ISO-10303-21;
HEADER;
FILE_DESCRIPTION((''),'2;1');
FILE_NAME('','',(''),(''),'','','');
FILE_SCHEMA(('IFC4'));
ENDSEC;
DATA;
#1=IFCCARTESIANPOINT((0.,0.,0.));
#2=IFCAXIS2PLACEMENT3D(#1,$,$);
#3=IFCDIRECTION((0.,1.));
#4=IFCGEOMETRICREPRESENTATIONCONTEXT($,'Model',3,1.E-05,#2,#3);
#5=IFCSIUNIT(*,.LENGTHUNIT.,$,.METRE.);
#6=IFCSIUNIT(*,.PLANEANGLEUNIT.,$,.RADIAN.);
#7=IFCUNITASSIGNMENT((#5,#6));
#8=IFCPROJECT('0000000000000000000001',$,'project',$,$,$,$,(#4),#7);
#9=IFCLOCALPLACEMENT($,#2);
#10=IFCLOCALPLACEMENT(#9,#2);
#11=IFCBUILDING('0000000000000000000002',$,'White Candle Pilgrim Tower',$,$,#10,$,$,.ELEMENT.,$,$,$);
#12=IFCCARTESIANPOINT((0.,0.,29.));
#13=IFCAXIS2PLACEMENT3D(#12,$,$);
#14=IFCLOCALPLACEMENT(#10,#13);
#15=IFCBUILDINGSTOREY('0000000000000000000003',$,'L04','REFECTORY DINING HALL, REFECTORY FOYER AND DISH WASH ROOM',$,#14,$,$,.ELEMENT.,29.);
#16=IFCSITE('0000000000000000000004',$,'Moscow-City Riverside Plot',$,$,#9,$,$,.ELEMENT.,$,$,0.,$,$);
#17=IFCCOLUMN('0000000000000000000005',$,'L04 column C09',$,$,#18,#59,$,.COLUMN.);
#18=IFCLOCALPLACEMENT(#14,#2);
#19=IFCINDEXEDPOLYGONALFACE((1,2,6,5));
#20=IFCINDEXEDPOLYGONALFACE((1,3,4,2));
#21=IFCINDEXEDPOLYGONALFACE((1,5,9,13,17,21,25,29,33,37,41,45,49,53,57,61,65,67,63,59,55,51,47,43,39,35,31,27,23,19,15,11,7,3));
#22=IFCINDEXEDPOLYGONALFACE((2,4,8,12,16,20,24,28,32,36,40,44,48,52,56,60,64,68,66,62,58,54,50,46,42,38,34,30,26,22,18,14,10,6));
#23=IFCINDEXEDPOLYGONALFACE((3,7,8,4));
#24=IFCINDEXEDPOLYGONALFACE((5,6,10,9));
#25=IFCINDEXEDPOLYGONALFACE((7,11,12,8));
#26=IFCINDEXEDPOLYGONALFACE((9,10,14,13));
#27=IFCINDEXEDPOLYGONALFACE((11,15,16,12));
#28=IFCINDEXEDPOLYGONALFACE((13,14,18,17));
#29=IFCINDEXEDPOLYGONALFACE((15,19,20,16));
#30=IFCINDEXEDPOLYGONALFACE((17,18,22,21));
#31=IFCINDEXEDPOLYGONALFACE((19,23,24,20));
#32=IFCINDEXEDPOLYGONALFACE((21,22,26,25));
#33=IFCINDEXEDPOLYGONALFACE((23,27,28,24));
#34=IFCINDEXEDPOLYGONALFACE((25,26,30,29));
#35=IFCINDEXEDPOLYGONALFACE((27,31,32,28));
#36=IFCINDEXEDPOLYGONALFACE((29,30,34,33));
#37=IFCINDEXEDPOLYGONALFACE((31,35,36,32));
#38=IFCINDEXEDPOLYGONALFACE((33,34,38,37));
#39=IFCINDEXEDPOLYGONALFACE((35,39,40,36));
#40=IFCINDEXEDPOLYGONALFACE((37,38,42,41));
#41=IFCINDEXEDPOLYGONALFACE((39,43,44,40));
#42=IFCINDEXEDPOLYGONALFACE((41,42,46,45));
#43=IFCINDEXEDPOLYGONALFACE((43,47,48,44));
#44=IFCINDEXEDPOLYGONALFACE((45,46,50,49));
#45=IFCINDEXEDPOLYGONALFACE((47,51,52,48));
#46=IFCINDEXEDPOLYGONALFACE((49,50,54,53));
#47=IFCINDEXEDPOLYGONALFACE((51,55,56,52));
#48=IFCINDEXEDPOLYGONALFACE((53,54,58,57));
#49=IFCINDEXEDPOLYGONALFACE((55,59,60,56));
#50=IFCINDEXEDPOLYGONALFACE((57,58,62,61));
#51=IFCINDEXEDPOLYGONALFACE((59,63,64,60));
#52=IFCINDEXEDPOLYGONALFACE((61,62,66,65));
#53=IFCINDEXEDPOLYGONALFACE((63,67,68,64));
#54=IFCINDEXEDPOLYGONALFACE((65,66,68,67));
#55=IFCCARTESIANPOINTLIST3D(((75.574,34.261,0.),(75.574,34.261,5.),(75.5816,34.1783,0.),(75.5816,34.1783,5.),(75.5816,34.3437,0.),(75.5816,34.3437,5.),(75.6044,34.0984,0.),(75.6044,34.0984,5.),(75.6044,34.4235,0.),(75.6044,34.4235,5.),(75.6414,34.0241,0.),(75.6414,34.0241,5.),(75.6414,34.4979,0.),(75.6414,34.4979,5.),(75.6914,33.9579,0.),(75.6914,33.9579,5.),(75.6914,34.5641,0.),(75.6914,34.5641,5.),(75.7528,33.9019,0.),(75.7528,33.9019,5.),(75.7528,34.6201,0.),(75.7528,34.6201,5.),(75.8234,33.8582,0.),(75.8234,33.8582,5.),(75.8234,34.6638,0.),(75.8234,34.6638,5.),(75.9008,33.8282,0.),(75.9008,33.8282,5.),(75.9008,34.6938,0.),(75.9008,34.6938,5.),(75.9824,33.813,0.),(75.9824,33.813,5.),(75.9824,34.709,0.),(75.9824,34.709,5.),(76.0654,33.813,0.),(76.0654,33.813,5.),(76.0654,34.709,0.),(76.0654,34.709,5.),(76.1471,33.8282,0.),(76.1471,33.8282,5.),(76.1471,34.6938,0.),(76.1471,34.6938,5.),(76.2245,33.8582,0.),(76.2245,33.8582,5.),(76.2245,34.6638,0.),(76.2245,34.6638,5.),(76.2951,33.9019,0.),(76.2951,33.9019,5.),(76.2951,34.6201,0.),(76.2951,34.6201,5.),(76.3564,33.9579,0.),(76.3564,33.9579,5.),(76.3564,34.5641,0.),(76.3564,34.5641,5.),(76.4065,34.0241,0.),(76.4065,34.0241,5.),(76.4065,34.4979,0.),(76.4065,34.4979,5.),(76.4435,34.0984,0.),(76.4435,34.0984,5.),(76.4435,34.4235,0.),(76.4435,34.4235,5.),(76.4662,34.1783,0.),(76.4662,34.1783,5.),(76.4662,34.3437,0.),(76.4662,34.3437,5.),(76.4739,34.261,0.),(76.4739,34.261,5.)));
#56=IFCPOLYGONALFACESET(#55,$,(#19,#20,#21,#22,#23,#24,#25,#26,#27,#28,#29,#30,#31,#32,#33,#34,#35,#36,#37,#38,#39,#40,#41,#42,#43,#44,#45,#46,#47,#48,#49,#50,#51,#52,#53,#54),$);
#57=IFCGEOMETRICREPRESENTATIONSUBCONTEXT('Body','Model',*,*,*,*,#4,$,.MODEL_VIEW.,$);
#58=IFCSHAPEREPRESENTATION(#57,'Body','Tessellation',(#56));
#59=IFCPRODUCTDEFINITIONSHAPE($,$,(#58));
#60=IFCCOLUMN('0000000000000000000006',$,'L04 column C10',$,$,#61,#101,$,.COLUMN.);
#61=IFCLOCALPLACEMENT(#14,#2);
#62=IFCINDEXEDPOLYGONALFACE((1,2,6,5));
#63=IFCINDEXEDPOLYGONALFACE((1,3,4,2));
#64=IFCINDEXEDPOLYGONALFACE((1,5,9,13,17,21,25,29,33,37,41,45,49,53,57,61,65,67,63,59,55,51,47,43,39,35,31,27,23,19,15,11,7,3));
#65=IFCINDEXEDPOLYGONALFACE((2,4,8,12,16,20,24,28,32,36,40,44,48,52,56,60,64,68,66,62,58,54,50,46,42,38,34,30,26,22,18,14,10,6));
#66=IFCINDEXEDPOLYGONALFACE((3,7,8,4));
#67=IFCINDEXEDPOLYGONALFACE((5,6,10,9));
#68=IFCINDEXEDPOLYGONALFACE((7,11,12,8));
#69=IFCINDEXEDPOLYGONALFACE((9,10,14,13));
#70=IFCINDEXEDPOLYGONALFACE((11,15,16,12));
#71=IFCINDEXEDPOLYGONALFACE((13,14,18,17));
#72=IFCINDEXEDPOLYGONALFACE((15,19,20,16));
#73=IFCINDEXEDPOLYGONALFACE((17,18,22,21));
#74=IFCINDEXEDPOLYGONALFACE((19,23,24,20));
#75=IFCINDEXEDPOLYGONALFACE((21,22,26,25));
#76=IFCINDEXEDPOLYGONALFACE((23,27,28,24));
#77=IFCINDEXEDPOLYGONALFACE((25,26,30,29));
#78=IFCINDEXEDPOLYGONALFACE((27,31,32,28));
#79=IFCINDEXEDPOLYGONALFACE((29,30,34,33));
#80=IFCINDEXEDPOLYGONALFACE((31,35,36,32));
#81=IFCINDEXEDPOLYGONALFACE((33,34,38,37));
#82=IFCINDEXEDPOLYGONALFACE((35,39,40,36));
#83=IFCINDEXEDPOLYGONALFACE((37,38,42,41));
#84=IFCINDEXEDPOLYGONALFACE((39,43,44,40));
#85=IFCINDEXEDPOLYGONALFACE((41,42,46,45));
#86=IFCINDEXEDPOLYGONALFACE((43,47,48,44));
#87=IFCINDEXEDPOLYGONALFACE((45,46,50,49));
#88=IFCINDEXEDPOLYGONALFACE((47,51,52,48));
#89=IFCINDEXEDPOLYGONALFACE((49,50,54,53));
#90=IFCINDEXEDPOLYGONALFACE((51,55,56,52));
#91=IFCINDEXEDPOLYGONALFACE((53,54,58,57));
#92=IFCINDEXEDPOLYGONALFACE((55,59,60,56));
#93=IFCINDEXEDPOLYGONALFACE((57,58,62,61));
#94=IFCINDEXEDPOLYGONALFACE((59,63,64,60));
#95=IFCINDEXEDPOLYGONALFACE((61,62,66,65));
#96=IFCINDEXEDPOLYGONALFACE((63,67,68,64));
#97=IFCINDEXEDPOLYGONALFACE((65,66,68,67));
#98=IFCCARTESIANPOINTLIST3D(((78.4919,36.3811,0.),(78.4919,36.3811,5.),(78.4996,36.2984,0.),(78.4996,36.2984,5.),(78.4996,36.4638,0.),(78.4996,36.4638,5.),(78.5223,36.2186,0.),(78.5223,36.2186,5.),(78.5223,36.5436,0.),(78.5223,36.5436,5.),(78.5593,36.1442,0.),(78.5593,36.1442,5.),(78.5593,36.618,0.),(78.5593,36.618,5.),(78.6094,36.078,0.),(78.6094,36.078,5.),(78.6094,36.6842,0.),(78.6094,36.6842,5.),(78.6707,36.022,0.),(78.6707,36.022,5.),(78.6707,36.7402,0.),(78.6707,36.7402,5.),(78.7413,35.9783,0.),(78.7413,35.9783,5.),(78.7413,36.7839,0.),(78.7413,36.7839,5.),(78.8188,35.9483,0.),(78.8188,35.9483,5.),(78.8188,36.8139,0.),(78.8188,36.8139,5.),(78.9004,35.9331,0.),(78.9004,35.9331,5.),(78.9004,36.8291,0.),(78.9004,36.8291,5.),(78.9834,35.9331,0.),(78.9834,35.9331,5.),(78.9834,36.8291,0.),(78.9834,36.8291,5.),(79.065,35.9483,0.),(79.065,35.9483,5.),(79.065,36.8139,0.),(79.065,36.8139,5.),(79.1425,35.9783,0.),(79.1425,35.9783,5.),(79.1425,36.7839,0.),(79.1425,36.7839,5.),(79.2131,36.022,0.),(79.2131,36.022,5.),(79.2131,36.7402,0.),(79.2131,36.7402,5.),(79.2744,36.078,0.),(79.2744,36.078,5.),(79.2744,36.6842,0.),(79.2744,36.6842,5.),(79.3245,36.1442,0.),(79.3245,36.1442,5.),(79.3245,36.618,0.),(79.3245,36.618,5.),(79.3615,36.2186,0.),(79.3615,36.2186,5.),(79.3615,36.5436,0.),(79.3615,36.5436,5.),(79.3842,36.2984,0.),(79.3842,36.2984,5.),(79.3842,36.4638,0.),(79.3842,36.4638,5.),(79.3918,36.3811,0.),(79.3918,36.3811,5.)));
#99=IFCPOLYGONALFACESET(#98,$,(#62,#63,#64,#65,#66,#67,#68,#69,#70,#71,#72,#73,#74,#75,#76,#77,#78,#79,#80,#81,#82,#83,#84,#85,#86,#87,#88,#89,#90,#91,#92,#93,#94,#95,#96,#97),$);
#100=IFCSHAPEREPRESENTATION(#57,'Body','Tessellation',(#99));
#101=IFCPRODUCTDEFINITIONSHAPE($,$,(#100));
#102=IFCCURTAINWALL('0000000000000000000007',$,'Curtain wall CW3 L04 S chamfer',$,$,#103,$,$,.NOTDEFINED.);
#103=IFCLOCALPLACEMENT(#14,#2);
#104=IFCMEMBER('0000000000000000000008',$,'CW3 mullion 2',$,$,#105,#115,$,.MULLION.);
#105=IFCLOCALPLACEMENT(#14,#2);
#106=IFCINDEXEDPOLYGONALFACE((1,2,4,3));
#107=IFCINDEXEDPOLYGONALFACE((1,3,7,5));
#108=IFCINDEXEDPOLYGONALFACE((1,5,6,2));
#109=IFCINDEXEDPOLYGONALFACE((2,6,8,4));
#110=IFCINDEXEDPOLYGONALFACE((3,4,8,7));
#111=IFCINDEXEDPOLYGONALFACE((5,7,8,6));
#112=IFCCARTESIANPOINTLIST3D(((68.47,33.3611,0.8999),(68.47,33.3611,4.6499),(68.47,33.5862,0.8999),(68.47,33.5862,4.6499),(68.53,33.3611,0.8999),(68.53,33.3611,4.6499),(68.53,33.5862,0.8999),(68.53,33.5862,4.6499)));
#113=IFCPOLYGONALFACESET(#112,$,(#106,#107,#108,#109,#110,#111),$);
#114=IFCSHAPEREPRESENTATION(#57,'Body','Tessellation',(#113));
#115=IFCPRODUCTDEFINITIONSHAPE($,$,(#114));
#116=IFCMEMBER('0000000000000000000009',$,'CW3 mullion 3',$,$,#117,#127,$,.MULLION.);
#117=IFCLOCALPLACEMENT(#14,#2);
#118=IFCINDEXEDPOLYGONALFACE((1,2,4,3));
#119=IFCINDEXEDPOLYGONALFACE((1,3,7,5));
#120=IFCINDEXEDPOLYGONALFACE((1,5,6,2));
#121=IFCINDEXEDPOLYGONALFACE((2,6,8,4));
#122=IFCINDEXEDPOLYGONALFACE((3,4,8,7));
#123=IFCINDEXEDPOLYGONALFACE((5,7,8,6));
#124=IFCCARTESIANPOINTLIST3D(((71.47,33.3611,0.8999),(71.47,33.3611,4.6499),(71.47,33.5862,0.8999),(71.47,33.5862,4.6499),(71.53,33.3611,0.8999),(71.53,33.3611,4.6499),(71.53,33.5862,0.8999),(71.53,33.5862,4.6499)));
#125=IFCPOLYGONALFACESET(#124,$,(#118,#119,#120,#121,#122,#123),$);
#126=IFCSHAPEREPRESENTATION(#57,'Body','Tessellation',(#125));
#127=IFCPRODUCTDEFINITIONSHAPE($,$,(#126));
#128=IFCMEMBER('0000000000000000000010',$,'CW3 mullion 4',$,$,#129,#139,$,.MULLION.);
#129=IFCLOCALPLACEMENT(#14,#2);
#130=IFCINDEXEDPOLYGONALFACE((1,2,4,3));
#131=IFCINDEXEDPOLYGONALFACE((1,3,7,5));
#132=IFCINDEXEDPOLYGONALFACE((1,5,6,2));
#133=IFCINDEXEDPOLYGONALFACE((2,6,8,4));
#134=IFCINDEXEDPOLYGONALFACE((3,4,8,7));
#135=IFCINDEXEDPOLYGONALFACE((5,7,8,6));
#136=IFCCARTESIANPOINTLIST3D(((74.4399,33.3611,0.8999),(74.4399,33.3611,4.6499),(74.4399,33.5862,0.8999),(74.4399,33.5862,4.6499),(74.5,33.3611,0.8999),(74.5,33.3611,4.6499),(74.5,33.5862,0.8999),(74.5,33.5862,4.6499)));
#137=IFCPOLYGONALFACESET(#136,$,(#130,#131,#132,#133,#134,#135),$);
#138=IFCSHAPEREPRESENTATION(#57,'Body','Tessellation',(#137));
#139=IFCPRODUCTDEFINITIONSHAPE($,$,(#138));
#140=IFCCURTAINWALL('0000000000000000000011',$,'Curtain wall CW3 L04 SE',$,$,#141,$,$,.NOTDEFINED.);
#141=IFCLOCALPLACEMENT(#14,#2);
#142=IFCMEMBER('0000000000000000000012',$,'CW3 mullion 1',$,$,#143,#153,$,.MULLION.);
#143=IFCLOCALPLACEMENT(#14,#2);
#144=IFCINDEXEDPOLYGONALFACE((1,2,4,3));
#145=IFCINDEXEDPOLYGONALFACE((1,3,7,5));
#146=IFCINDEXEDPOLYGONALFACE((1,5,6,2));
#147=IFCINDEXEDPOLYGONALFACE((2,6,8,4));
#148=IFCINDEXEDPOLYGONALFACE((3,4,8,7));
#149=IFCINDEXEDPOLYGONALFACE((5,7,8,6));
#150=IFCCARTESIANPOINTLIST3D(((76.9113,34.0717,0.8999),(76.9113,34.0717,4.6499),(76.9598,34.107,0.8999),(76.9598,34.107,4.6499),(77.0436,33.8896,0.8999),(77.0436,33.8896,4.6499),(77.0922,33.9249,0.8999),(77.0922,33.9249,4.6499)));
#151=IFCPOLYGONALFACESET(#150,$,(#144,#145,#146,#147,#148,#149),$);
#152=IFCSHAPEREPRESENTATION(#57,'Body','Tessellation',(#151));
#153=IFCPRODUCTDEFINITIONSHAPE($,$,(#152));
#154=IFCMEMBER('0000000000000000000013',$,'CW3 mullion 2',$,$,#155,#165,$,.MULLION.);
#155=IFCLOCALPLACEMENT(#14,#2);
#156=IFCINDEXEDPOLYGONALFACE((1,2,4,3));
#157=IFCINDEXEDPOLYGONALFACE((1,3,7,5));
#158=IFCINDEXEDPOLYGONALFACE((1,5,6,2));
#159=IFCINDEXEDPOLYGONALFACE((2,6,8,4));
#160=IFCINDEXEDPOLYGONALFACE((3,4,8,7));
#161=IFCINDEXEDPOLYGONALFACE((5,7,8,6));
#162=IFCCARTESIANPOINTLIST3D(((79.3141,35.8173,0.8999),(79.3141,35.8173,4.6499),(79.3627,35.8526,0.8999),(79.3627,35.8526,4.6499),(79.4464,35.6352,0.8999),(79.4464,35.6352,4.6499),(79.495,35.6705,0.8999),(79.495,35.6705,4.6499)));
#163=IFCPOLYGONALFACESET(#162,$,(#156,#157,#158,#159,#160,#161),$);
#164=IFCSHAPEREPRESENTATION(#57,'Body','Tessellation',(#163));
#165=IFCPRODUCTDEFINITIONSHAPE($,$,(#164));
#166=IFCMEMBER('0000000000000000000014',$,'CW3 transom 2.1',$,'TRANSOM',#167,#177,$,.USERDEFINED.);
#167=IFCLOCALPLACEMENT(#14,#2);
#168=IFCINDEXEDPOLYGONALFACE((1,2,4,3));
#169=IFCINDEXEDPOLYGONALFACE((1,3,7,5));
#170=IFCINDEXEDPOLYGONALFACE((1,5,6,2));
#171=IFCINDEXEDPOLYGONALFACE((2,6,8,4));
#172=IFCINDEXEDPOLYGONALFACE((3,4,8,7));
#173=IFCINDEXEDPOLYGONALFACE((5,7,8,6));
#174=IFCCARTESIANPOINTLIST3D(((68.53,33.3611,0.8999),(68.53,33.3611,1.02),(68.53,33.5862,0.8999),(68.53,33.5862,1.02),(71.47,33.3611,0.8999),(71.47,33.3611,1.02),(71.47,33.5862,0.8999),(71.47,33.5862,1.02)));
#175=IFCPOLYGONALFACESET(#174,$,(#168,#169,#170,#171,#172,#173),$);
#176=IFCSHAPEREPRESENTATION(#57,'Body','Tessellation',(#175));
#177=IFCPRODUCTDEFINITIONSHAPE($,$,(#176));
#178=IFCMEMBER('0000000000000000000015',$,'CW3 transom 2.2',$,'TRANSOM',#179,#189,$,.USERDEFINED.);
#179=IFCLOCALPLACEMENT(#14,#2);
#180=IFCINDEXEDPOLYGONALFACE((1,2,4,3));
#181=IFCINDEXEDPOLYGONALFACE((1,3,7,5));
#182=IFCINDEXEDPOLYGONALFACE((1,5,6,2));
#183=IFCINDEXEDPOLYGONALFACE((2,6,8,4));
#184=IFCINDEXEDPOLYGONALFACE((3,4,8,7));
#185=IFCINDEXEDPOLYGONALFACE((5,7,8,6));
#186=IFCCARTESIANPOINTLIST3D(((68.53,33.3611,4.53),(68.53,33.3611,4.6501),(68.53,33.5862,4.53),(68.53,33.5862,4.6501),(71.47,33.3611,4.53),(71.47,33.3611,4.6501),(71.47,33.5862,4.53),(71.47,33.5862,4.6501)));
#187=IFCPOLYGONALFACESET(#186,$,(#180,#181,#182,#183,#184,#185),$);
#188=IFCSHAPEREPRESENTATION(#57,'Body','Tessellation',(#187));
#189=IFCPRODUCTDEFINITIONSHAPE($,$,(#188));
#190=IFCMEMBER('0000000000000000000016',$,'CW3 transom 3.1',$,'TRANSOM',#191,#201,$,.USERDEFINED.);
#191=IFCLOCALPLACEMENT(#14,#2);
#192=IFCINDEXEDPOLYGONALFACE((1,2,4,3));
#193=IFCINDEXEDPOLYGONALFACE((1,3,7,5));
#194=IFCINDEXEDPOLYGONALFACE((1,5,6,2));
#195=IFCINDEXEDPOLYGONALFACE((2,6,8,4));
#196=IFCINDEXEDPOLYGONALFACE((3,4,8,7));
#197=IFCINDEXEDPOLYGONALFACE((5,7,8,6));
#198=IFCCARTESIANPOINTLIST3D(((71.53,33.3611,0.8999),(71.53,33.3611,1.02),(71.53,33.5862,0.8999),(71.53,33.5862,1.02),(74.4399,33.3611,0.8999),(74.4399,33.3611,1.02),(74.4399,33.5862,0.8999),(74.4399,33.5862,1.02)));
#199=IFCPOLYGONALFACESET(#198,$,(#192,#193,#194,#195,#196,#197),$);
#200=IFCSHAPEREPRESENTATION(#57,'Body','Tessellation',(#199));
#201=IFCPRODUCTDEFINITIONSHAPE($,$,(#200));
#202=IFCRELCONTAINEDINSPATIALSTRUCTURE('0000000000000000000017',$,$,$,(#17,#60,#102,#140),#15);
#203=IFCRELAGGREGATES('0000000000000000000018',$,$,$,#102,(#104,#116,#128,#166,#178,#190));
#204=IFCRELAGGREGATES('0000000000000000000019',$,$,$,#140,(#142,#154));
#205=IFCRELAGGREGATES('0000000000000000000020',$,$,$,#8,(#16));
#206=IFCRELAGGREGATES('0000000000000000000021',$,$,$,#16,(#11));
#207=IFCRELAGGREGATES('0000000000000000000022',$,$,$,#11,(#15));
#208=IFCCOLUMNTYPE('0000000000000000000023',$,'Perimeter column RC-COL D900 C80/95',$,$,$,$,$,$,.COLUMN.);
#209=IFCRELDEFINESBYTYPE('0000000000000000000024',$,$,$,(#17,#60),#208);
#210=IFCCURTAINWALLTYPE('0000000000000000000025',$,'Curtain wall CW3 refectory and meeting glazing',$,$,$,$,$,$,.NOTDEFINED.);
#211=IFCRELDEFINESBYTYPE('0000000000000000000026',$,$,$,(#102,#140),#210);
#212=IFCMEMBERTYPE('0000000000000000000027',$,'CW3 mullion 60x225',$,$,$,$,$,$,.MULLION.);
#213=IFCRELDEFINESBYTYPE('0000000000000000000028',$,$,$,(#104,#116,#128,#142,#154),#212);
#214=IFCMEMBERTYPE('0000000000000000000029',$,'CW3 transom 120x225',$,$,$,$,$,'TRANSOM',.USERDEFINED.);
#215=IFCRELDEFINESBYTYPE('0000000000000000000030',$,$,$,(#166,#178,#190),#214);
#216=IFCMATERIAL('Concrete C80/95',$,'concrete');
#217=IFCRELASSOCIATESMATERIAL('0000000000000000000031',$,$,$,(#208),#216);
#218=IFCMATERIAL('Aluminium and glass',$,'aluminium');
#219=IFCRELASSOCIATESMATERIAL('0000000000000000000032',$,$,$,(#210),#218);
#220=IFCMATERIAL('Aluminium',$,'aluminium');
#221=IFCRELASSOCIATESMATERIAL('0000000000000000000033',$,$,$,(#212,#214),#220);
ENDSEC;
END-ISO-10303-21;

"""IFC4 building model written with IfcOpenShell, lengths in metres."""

from ifc_helpers import new_model, si_unit, direction, frame, origin, origin_2d, place, context, subcontext, project, spatial, rectangle, circle, extrude, material, material_profile, profile_set, type_object, element, aggregate, save


model = new_model("IFC4")

# Units and contexts
model_context = context("Model", 3, precision=1e-05, world=origin(), true_north=direction((0.0, 1.0)))
body_context = subcontext(model_context, "Body", "Model", "MODEL_VIEW")
ifc_project = project(units=[si_unit("LENGTHUNIT", "METRE"), si_unit("PLANEANGLEUNIT", "RADIAN")], contexts=[model_context])

# Site, building, storey
site_placement = place(None, origin())
site = spatial("IfcSite", under=ifc_project, at=site_placement, Name="Moscow-City Riverside Plot", CompositionType="ELEMENT", RefElevation=0.0)
building_placement = place(site_placement, origin())
building = spatial("IfcBuilding", under=site, at=building_placement, Name="White Candle Pilgrim Tower", CompositionType="ELEMENT")
storey_placement = place(building_placement, frame((0.0, 0.0, 29.0)))
storey = spatial("IfcBuildingStorey", under=building, at=storey_placement, Name="L04", Description="REFECTORY DINING HALL, REFECTORY FOYER AND DISH WASH ROOM", CompositionType="ELEMENT", Elevation=29.0)

# Columns
ifc_material_1 = material(Name="Concrete C80/95", Category="concrete")
ifc_material_profile_1 = material_profile(ifc_material_1, circle(Radius=0.45, at=origin_2d()), Name="RC-COL D900")
ifc_profile_set_1 = profile_set([ifc_material_profile_1], Name="Concrete C80/95")
column_type = type_object("IfcColumnType", Name="Perimeter column RC-COL D900 C80/95", PredefinedType="COLUMN", material=ifc_profile_set_1)
for number, where, z_axis, x_axis, name in (
    (1, (76.0239, 34.261, 0.0), (0.0, 0.0, 1.0), (1.0, 0.0, 0.0), "L04 column C09"),
    (2, (78.9419, 36.3811, 0.0), (0.0, 0.0, 1.0), (1.0, 0.0, 0.0), "L04 column C10"),
):
    element("IfcColumn", number, at=place(storey_placement, frame(where, z_axis=z_axis, x_axis=x_axis)), inside=storey, type_object=column_type, Name=name, PredefinedType="COLUMN", context=body_context, shape_type="SweptSolid", body=[
        extrude(circle(Radius=0.45, at=origin_2d()), origin(), (0.0, 0.0, 1.0), 5.0),
    ])

# Curtain walls, members
ifc_material_2 = material(Name="Aluminium and glass", Category="aluminium")
curtain_wall_type = type_object("IfcCurtainWallType", Name="Curtain wall CW3 refectory and meeting glazing", PredefinedType="NOTDEFINED", material=ifc_material_2)
curtain_wall_1_placement = place(storey_placement, origin())
curtain_wall_1 = element("IfcCurtainWall", 3, at=curtain_wall_1_placement, inside=storey, type_object=curtain_wall_type, Name="Curtain wall CW3 L04 S chamfer", PredefinedType="NOTDEFINED")
ifc_material_3 = material(Name="Aluminium", Category="aluminium")
ifc_material_profile_2 = material_profile(ifc_material_3, rectangle(XDim=0.2251, YDim=0.0601, at=origin_2d()), Name="CW3 mullion 60x225")
ifc_profile_set_2 = profile_set([ifc_material_profile_2], Name="Aluminium")
member_type_1 = type_object("IfcMemberType", Name="CW3 mullion 60x225", PredefinedType="MULLION", material=ifc_profile_set_2)
member_1_placement = place(storey_placement, frame((68.5, 33.4736, 0.8999), z_axis=(0.0, 0.0, 1.0), x_axis=(0.0, 1.0, 0.0)))
member_1 = element("IfcMember", 4, at=member_1_placement, type_object=member_type_1, Name="CW3 mullion 2", PredefinedType="MULLION", context=body_context, shape_type="SweptSolid", body=[
    extrude(rectangle(XDim=0.2251, YDim=0.0601, at=origin_2d()), origin(), (0.0, 0.0, 1.0), 3.75),
])
member_2_placement = place(storey_placement, frame((71.5, 33.4736, 0.8999), z_axis=(0.0, 0.0, 1.0), x_axis=(0.0, 1.0, 0.0)))
member_2 = element("IfcMember", 5, at=member_2_placement, type_object=member_type_1, Name="CW3 mullion 3", PredefinedType="MULLION", context=body_context, shape_type="SweptSolid", body=[
    extrude(rectangle(XDim=0.2251, YDim=0.0601, at=origin_2d()), origin(), (0.0, 0.0, 1.0), 3.75),
])
member_3_placement = place(storey_placement, frame((74.47, 33.4736, 0.8999), z_axis=(0.0, 0.0, 1.0), x_axis=(0.0, 1.0, 0.0)))
member_3 = element("IfcMember", 6, at=member_3_placement, type_object=member_type_1, Name="CW3 mullion 4", PredefinedType="MULLION", context=body_context, shape_type="SweptSolid", body=[
    extrude(rectangle(XDim=0.2251, YDim=0.0601, at=origin_2d()), origin(), (0.0, 0.0, 1.0), 3.75),
])
curtain_wall_2_placement = place(storey_placement, origin())
curtain_wall_2 = element("IfcCurtainWall", 7, at=curtain_wall_2_placement, inside=storey, type_object=curtain_wall_type, Name="Curtain wall CW3 L04 SE", PredefinedType="NOTDEFINED")
member_4_placement = place(storey_placement, frame((77.0017, 33.9983, 0.8999), z_axis=(0.0, 0.0, 1.0), x_axis=(-0.587785, 0.809017, 0.0)))
member_4 = element("IfcMember", 8, at=member_4_placement, type_object=member_type_1, Name="CW3 mullion 1", PredefinedType="MULLION", context=body_context, shape_type="SweptSolid", body=[
    extrude(rectangle(XDim=0.2251, YDim=0.0601, at=origin_2d()), origin(), (0.0, 0.0, 1.0), 3.75),
])
member_5_placement = place(storey_placement, frame((79.4045, 35.7439, 0.8999), z_axis=(0.0, 0.0, 1.0), x_axis=(-0.587785, 0.809017, 0.0)))
member_5 = element("IfcMember", 9, at=member_5_placement, type_object=member_type_1, Name="CW3 mullion 2", PredefinedType="MULLION", context=body_context, shape_type="SweptSolid", body=[
    extrude(rectangle(XDim=0.2251, YDim=0.0601, at=origin_2d()), origin(), (0.0, 0.0, 1.0), 3.75),
])

# Members
ifc_material_profile_3 = material_profile(ifc_material_3, rectangle(XDim=0.2251, YDim=0.1201, at=origin_2d()), Name="CW3 transom 120x225")
ifc_profile_set_3 = profile_set([ifc_material_profile_3], Name="Aluminium")
member_type_2 = type_object("IfcMemberType", Name="CW3 transom 120x225", ElementType="TRANSOM", PredefinedType="USERDEFINED", material=ifc_profile_set_3)
member_6_placement = place(storey_placement, frame((68.53, 33.4736, 0.96), z_axis=(1.0, 0.0, 0.0), x_axis=(0.0, 1.0, 0.0)))
member_6 = element("IfcMember", 10, at=member_6_placement, type_object=member_type_2, Name="CW3 transom 2.1", ObjectType="TRANSOM", PredefinedType="USERDEFINED", context=body_context, shape_type="SweptSolid", body=[
    extrude(rectangle(XDim=0.2251, YDim=0.1201, at=origin_2d()), origin(), (0.0, 0.0, 1.0), 2.9399),
])
member_7_placement = place(storey_placement, frame((68.53, 33.4736, 4.5901), z_axis=(1.0, 0.0, 0.0), x_axis=(0.0, 1.0, 0.0)))
member_7 = element("IfcMember", 11, at=member_7_placement, type_object=member_type_2, Name="CW3 transom 2.2", ObjectType="TRANSOM", PredefinedType="USERDEFINED", context=body_context, shape_type="SweptSolid", body=[
    extrude(rectangle(XDim=0.2251, YDim=0.1201, at=origin_2d()), origin(), (0.0, 0.0, 1.0), 2.9399),
])
member_8_placement = place(storey_placement, frame((71.53, 33.4736, 0.96), z_axis=(1.0, 0.0, 0.0), x_axis=(0.0, 1.0, 0.0)))
member_8 = element("IfcMember", 12, at=member_8_placement, type_object=member_type_2, Name="CW3 transom 3.1", ObjectType="TRANSOM", PredefinedType="USERDEFINED", context=body_context, shape_type="SweptSolid", body=[
    extrude(rectangle(XDim=0.2251, YDim=0.1201, at=origin_2d()), origin(), (0.0, 0.0, 1.0), 2.9099),
])

aggregate(curtain_wall_1, [member_1, member_2, member_3, member_6, member_7, member_8])
aggregate(curtain_wall_2, [member_4, member_5])

save(model, "model.ifc")
